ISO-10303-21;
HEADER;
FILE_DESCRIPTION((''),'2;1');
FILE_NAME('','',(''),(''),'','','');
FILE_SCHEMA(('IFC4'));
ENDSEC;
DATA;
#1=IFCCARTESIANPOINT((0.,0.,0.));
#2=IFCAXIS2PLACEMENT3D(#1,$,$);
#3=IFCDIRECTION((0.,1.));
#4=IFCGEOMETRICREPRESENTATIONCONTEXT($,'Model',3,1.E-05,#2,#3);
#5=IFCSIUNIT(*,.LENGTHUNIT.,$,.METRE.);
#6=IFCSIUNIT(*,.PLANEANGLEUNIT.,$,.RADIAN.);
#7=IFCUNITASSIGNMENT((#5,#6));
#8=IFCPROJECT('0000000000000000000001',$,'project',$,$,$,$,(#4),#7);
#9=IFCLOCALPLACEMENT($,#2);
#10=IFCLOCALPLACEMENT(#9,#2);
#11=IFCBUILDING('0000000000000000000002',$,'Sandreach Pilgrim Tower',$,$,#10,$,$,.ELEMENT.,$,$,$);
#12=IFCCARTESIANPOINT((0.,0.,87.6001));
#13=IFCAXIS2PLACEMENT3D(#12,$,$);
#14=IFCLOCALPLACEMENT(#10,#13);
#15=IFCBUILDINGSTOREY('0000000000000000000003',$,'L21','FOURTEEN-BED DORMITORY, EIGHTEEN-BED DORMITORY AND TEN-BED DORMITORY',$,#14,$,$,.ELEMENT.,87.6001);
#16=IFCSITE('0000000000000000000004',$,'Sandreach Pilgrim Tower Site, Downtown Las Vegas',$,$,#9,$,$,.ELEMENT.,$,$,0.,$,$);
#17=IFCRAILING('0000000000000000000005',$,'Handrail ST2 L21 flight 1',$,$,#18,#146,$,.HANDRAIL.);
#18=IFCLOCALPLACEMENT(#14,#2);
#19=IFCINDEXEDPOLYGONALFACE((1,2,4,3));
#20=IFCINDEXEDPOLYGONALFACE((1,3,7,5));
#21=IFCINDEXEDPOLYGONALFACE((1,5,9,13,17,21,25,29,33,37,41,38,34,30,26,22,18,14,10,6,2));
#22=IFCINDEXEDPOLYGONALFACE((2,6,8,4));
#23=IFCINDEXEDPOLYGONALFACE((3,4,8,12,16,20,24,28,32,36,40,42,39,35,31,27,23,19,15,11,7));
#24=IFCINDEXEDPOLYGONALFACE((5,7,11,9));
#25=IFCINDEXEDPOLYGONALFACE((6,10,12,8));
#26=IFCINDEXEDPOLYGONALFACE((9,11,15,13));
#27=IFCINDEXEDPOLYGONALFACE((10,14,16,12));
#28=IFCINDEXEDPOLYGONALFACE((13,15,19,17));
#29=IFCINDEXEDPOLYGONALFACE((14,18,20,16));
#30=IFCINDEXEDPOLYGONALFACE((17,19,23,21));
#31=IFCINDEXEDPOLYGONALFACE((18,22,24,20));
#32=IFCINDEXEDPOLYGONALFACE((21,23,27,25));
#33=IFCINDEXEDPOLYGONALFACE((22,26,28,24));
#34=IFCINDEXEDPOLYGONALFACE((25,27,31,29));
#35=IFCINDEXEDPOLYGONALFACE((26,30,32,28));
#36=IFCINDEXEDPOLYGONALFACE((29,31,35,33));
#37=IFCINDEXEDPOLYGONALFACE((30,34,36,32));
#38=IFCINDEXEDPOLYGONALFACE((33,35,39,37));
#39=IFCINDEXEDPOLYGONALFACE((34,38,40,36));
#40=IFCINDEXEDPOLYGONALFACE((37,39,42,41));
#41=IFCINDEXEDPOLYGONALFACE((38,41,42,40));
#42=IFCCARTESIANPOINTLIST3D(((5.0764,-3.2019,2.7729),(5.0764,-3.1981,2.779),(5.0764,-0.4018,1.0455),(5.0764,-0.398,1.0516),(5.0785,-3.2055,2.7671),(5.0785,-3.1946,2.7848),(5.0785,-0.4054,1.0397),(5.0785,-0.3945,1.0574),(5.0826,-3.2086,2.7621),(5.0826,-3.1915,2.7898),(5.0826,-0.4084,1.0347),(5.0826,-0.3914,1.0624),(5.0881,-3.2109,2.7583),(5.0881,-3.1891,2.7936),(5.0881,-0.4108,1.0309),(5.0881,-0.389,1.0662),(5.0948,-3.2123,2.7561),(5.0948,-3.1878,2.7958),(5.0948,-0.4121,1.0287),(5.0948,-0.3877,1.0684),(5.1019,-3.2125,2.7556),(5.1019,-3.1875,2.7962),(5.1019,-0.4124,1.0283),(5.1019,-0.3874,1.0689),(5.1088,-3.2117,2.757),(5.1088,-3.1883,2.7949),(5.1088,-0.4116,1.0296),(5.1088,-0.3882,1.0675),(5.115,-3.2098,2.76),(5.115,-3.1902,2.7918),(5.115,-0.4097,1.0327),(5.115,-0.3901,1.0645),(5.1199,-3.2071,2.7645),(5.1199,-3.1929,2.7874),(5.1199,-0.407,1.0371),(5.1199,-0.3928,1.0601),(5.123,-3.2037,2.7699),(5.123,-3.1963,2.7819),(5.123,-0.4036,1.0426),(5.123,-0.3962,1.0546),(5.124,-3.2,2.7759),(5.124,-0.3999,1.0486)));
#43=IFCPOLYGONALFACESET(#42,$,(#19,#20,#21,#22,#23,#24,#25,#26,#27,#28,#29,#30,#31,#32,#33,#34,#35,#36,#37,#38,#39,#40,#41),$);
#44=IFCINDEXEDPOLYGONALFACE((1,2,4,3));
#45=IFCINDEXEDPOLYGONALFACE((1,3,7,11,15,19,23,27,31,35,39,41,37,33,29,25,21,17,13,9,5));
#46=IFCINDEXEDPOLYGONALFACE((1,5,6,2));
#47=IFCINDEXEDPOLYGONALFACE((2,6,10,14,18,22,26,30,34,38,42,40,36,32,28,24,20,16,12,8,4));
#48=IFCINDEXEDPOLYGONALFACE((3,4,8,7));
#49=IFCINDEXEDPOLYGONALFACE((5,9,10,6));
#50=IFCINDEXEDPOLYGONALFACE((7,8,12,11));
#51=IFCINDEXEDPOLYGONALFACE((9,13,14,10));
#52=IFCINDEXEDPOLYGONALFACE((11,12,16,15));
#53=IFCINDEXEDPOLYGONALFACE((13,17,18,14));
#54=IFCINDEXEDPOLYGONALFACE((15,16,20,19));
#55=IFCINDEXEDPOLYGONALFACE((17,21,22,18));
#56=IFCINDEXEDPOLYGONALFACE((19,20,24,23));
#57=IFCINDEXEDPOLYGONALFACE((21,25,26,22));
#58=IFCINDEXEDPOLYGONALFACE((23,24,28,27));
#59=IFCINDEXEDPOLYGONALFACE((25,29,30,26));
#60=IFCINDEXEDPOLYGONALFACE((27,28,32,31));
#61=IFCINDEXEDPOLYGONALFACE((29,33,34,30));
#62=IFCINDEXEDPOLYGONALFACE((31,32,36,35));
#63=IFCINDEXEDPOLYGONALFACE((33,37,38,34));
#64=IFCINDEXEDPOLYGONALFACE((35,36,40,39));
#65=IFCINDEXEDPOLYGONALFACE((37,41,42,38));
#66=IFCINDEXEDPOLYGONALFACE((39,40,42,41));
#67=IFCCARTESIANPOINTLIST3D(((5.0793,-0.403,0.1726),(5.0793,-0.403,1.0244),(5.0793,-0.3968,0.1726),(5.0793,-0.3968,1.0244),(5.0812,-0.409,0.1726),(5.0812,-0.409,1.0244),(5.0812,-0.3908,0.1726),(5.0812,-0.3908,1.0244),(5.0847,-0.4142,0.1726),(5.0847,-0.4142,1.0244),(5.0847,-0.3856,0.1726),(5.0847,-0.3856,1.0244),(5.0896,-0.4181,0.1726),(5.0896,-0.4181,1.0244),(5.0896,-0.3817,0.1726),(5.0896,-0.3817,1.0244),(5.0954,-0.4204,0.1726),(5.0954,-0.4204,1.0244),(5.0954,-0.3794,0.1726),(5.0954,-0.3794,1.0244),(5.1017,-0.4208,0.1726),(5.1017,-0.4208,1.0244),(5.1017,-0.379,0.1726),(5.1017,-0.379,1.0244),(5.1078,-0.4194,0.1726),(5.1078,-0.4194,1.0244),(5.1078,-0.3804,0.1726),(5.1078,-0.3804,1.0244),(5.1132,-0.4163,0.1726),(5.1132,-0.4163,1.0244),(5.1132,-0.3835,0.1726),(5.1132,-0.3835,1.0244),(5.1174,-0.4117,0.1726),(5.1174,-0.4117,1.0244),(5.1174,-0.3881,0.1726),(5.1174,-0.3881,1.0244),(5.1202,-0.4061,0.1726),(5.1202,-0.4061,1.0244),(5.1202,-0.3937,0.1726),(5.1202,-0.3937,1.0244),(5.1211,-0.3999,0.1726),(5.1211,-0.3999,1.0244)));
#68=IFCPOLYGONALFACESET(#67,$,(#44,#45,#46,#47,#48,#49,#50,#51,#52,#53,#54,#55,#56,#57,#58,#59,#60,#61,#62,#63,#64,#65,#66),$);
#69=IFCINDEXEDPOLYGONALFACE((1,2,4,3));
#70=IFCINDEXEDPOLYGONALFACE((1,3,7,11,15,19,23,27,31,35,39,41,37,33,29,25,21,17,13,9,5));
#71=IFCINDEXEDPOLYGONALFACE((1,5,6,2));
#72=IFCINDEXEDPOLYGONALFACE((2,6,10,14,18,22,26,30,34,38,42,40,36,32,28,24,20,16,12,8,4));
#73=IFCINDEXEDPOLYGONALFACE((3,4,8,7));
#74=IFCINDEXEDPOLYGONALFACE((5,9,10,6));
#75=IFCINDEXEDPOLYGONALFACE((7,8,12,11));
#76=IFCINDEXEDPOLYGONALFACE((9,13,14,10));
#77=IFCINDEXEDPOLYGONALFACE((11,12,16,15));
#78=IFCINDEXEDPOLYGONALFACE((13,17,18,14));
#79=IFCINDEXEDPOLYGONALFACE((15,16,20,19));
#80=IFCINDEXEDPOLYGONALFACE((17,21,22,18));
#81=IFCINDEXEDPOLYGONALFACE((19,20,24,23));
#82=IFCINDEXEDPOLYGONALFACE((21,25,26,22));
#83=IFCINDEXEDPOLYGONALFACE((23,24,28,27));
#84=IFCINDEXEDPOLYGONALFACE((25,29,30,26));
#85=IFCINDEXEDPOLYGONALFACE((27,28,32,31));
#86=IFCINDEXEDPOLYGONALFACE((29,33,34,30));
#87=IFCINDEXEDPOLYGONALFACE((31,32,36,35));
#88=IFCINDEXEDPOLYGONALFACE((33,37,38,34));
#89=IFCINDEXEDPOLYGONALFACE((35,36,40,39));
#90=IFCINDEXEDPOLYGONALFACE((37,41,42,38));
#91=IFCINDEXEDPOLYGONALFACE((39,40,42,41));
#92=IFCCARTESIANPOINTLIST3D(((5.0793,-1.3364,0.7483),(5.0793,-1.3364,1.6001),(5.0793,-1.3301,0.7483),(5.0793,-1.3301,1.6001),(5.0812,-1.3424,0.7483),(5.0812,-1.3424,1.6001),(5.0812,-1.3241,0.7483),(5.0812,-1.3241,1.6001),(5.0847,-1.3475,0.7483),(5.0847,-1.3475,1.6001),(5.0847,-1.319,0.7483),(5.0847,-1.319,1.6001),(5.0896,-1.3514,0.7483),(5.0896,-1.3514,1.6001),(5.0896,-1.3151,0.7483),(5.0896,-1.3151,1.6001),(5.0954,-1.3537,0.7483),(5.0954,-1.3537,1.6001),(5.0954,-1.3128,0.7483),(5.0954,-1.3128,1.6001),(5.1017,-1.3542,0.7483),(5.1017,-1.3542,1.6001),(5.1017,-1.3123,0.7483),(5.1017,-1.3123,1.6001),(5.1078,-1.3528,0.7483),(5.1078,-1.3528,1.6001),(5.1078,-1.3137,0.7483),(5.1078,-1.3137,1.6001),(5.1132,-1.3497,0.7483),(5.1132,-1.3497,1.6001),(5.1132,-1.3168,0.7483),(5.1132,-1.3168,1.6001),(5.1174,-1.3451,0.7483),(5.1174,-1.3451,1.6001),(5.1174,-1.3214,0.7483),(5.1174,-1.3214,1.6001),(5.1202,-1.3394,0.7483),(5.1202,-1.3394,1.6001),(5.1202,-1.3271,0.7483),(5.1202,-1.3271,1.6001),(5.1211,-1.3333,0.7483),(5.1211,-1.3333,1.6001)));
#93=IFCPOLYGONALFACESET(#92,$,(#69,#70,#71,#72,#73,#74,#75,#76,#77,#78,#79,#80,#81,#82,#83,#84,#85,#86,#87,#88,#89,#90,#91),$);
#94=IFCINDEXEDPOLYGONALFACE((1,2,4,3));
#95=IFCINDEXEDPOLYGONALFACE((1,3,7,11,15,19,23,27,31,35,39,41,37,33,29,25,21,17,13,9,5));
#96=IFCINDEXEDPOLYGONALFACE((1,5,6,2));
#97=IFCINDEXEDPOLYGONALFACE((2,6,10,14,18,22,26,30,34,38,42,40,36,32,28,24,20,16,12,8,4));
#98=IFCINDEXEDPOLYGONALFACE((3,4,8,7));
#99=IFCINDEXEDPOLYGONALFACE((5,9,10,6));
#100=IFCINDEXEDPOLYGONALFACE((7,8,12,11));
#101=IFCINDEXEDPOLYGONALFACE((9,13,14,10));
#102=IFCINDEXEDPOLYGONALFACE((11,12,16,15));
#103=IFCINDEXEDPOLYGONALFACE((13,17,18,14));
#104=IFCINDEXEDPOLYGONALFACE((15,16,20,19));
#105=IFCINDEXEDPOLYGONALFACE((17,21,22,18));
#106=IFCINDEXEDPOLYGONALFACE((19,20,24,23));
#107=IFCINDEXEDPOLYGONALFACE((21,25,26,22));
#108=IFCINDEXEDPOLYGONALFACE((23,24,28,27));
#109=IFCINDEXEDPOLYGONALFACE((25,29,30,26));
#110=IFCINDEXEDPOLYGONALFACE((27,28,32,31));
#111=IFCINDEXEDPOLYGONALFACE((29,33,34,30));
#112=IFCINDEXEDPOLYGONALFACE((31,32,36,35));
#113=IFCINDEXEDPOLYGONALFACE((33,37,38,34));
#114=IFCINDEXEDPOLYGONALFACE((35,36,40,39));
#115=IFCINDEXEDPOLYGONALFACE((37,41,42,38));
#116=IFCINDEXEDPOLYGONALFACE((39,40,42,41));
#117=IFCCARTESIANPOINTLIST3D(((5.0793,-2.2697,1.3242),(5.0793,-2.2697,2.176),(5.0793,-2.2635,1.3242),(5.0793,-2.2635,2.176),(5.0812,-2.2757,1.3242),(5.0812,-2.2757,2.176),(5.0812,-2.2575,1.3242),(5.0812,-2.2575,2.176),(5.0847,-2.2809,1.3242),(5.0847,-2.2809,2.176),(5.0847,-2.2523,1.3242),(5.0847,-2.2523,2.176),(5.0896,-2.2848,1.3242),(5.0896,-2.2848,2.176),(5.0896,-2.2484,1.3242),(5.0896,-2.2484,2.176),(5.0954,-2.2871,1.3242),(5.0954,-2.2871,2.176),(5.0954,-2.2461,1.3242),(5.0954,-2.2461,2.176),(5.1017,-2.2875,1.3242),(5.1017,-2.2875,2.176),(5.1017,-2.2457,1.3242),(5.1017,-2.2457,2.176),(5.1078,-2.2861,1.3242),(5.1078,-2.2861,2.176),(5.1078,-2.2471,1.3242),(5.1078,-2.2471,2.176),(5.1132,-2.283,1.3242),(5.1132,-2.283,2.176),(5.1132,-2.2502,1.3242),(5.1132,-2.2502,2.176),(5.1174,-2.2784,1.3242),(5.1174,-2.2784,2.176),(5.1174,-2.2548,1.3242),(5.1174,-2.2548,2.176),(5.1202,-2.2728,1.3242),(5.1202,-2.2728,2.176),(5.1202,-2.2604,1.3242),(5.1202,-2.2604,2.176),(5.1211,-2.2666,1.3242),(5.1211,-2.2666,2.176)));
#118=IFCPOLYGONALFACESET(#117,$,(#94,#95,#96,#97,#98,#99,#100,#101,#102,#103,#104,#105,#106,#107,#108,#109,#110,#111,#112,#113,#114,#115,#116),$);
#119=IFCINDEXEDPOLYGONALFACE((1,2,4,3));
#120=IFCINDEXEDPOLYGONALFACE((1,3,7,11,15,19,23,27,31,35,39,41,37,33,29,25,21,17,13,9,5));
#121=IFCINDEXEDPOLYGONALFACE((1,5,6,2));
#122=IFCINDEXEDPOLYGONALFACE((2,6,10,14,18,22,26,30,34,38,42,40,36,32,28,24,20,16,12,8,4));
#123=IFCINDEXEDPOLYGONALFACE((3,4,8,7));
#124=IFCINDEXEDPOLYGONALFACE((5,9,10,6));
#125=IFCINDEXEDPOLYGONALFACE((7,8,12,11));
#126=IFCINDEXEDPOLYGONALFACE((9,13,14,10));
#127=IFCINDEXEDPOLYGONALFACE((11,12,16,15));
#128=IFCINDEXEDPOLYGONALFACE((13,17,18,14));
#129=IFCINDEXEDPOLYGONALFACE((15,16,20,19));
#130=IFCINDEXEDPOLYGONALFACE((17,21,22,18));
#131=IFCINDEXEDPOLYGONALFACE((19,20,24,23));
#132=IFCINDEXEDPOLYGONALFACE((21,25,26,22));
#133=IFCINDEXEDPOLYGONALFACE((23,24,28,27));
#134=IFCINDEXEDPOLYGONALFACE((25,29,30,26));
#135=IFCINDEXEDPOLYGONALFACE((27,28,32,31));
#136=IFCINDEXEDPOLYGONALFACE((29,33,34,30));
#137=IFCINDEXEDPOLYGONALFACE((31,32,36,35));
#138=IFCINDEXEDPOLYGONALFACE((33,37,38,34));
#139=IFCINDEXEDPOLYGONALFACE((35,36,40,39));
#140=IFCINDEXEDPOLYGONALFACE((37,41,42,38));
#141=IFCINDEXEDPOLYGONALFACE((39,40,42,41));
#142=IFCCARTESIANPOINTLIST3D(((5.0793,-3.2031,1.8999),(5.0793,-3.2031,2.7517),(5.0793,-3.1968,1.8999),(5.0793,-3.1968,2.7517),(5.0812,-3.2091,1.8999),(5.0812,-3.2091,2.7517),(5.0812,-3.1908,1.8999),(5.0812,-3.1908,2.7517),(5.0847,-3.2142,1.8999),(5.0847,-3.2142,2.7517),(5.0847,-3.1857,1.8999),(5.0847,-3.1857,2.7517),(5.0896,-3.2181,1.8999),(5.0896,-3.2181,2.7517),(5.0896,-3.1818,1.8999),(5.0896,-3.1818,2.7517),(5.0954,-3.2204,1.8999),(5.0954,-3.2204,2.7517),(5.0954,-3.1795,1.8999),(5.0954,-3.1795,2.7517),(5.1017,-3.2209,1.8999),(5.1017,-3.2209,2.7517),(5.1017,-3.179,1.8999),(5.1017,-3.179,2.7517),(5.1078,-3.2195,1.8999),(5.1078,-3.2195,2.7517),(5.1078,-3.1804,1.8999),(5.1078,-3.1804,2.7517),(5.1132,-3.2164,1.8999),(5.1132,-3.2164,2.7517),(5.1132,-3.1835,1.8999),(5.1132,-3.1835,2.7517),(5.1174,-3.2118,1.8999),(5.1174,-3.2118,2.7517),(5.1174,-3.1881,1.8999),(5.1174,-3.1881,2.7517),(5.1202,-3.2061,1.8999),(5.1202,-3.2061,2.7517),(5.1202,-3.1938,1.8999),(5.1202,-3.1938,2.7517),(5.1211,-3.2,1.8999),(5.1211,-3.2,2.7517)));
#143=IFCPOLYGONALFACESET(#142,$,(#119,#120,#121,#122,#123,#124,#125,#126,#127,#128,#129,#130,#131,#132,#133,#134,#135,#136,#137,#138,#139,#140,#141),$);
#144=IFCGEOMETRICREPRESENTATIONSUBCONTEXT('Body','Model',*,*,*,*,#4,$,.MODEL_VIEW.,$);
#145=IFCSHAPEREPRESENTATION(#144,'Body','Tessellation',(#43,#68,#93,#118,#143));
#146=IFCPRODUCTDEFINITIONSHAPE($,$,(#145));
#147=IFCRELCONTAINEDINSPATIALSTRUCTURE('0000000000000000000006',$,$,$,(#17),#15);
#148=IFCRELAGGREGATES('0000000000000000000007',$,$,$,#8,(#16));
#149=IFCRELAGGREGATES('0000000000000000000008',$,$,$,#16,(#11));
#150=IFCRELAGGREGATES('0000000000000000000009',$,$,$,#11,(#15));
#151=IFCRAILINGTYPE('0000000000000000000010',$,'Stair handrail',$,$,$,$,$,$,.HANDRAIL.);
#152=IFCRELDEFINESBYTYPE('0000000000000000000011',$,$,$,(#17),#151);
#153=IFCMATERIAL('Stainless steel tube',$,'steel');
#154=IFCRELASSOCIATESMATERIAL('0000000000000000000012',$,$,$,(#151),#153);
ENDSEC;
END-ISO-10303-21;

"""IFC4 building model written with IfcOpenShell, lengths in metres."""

from ifc_helpers import new_model, si_unit, direction, frame, origin, origin_2d, place, context, subcontext, project, spatial, circle, extrude, material, type_object, element, save


model = new_model("IFC4")

# Units and contexts
model_context = context("Model", 3, precision=1e-05, world=origin(), true_north=direction((0.0, 1.0)))
body_context = subcontext(model_context, "Body", "Model", "MODEL_VIEW")
ifc_project = project(units=[si_unit("LENGTHUNIT", "METRE"), si_unit("PLANEANGLEUNIT", "RADIAN")], contexts=[model_context])

# Site, building, storey
site_placement = place(None, origin())
site = spatial("IfcSite", under=ifc_project, at=site_placement, Name="Sandreach Pilgrim Tower Site, Downtown Las Vegas", CompositionType="ELEMENT", RefElevation=0.0)
building_placement = place(site_placement, origin())
building = spatial("IfcBuilding", under=site, at=building_placement, Name="Sandreach Pilgrim Tower", CompositionType="ELEMENT")
storey_placement = place(building_placement, frame((0.0, 0.0, 87.6001)))
storey = spatial("IfcBuildingStorey", under=building, at=storey_placement, Name="L21", Description="FOURTEEN-BED DORMITORY, EIGHTEEN-BED DORMITORY AND TEN-BED DORMITORY", CompositionType="ELEMENT", Elevation=87.6001)

# Railing
ifc_material_1 = material(Name="Stainless steel tube", Category="steel")
railing_type = type_object("IfcRailingType", Name="Stair handrail", PredefinedType="HANDRAIL", material=ifc_material_1)
railing_placement = place(storey_placement, frame((5.1001, -0.3999, 0.1726)))
element("IfcRailing", 1, at=railing_placement, inside=storey, type_object=railing_type, Name="Handrail ST2 L21 flight 1", PredefinedType="HANDRAIL", context=body_context, shape_type="SweptSolid", body=[
    extrude(circle(Radius=0.0239, at=origin_2d()), frame((0.0, 0.0, 0.876), z_axis=(0.0, -0.85109, 0.52502), x_axis=(1.0, 0.0, 0.0)), (0.0, 0.0, 1.0), 3.29),
    extrude(circle(Radius=0.021, at=origin_2d()), origin(), (0.0, 0.0, 1.0), 0.8518),
    extrude(circle(Radius=0.021, at=origin_2d()), frame((0.0, -0.9333, 0.5757)), (0.0, 0.0, 1.0), 0.8518),
    extrude(circle(Radius=0.021, at=origin_2d()), frame((0.0, -1.8667, 1.1516)), (0.0, 0.0, 1.0), 0.8518),
    extrude(circle(Radius=0.021, at=origin_2d()), frame((0.0, -2.8, 1.7273)), (0.0, 0.0, 1.0), 0.8518),
])

save(model, "model.ifc")
